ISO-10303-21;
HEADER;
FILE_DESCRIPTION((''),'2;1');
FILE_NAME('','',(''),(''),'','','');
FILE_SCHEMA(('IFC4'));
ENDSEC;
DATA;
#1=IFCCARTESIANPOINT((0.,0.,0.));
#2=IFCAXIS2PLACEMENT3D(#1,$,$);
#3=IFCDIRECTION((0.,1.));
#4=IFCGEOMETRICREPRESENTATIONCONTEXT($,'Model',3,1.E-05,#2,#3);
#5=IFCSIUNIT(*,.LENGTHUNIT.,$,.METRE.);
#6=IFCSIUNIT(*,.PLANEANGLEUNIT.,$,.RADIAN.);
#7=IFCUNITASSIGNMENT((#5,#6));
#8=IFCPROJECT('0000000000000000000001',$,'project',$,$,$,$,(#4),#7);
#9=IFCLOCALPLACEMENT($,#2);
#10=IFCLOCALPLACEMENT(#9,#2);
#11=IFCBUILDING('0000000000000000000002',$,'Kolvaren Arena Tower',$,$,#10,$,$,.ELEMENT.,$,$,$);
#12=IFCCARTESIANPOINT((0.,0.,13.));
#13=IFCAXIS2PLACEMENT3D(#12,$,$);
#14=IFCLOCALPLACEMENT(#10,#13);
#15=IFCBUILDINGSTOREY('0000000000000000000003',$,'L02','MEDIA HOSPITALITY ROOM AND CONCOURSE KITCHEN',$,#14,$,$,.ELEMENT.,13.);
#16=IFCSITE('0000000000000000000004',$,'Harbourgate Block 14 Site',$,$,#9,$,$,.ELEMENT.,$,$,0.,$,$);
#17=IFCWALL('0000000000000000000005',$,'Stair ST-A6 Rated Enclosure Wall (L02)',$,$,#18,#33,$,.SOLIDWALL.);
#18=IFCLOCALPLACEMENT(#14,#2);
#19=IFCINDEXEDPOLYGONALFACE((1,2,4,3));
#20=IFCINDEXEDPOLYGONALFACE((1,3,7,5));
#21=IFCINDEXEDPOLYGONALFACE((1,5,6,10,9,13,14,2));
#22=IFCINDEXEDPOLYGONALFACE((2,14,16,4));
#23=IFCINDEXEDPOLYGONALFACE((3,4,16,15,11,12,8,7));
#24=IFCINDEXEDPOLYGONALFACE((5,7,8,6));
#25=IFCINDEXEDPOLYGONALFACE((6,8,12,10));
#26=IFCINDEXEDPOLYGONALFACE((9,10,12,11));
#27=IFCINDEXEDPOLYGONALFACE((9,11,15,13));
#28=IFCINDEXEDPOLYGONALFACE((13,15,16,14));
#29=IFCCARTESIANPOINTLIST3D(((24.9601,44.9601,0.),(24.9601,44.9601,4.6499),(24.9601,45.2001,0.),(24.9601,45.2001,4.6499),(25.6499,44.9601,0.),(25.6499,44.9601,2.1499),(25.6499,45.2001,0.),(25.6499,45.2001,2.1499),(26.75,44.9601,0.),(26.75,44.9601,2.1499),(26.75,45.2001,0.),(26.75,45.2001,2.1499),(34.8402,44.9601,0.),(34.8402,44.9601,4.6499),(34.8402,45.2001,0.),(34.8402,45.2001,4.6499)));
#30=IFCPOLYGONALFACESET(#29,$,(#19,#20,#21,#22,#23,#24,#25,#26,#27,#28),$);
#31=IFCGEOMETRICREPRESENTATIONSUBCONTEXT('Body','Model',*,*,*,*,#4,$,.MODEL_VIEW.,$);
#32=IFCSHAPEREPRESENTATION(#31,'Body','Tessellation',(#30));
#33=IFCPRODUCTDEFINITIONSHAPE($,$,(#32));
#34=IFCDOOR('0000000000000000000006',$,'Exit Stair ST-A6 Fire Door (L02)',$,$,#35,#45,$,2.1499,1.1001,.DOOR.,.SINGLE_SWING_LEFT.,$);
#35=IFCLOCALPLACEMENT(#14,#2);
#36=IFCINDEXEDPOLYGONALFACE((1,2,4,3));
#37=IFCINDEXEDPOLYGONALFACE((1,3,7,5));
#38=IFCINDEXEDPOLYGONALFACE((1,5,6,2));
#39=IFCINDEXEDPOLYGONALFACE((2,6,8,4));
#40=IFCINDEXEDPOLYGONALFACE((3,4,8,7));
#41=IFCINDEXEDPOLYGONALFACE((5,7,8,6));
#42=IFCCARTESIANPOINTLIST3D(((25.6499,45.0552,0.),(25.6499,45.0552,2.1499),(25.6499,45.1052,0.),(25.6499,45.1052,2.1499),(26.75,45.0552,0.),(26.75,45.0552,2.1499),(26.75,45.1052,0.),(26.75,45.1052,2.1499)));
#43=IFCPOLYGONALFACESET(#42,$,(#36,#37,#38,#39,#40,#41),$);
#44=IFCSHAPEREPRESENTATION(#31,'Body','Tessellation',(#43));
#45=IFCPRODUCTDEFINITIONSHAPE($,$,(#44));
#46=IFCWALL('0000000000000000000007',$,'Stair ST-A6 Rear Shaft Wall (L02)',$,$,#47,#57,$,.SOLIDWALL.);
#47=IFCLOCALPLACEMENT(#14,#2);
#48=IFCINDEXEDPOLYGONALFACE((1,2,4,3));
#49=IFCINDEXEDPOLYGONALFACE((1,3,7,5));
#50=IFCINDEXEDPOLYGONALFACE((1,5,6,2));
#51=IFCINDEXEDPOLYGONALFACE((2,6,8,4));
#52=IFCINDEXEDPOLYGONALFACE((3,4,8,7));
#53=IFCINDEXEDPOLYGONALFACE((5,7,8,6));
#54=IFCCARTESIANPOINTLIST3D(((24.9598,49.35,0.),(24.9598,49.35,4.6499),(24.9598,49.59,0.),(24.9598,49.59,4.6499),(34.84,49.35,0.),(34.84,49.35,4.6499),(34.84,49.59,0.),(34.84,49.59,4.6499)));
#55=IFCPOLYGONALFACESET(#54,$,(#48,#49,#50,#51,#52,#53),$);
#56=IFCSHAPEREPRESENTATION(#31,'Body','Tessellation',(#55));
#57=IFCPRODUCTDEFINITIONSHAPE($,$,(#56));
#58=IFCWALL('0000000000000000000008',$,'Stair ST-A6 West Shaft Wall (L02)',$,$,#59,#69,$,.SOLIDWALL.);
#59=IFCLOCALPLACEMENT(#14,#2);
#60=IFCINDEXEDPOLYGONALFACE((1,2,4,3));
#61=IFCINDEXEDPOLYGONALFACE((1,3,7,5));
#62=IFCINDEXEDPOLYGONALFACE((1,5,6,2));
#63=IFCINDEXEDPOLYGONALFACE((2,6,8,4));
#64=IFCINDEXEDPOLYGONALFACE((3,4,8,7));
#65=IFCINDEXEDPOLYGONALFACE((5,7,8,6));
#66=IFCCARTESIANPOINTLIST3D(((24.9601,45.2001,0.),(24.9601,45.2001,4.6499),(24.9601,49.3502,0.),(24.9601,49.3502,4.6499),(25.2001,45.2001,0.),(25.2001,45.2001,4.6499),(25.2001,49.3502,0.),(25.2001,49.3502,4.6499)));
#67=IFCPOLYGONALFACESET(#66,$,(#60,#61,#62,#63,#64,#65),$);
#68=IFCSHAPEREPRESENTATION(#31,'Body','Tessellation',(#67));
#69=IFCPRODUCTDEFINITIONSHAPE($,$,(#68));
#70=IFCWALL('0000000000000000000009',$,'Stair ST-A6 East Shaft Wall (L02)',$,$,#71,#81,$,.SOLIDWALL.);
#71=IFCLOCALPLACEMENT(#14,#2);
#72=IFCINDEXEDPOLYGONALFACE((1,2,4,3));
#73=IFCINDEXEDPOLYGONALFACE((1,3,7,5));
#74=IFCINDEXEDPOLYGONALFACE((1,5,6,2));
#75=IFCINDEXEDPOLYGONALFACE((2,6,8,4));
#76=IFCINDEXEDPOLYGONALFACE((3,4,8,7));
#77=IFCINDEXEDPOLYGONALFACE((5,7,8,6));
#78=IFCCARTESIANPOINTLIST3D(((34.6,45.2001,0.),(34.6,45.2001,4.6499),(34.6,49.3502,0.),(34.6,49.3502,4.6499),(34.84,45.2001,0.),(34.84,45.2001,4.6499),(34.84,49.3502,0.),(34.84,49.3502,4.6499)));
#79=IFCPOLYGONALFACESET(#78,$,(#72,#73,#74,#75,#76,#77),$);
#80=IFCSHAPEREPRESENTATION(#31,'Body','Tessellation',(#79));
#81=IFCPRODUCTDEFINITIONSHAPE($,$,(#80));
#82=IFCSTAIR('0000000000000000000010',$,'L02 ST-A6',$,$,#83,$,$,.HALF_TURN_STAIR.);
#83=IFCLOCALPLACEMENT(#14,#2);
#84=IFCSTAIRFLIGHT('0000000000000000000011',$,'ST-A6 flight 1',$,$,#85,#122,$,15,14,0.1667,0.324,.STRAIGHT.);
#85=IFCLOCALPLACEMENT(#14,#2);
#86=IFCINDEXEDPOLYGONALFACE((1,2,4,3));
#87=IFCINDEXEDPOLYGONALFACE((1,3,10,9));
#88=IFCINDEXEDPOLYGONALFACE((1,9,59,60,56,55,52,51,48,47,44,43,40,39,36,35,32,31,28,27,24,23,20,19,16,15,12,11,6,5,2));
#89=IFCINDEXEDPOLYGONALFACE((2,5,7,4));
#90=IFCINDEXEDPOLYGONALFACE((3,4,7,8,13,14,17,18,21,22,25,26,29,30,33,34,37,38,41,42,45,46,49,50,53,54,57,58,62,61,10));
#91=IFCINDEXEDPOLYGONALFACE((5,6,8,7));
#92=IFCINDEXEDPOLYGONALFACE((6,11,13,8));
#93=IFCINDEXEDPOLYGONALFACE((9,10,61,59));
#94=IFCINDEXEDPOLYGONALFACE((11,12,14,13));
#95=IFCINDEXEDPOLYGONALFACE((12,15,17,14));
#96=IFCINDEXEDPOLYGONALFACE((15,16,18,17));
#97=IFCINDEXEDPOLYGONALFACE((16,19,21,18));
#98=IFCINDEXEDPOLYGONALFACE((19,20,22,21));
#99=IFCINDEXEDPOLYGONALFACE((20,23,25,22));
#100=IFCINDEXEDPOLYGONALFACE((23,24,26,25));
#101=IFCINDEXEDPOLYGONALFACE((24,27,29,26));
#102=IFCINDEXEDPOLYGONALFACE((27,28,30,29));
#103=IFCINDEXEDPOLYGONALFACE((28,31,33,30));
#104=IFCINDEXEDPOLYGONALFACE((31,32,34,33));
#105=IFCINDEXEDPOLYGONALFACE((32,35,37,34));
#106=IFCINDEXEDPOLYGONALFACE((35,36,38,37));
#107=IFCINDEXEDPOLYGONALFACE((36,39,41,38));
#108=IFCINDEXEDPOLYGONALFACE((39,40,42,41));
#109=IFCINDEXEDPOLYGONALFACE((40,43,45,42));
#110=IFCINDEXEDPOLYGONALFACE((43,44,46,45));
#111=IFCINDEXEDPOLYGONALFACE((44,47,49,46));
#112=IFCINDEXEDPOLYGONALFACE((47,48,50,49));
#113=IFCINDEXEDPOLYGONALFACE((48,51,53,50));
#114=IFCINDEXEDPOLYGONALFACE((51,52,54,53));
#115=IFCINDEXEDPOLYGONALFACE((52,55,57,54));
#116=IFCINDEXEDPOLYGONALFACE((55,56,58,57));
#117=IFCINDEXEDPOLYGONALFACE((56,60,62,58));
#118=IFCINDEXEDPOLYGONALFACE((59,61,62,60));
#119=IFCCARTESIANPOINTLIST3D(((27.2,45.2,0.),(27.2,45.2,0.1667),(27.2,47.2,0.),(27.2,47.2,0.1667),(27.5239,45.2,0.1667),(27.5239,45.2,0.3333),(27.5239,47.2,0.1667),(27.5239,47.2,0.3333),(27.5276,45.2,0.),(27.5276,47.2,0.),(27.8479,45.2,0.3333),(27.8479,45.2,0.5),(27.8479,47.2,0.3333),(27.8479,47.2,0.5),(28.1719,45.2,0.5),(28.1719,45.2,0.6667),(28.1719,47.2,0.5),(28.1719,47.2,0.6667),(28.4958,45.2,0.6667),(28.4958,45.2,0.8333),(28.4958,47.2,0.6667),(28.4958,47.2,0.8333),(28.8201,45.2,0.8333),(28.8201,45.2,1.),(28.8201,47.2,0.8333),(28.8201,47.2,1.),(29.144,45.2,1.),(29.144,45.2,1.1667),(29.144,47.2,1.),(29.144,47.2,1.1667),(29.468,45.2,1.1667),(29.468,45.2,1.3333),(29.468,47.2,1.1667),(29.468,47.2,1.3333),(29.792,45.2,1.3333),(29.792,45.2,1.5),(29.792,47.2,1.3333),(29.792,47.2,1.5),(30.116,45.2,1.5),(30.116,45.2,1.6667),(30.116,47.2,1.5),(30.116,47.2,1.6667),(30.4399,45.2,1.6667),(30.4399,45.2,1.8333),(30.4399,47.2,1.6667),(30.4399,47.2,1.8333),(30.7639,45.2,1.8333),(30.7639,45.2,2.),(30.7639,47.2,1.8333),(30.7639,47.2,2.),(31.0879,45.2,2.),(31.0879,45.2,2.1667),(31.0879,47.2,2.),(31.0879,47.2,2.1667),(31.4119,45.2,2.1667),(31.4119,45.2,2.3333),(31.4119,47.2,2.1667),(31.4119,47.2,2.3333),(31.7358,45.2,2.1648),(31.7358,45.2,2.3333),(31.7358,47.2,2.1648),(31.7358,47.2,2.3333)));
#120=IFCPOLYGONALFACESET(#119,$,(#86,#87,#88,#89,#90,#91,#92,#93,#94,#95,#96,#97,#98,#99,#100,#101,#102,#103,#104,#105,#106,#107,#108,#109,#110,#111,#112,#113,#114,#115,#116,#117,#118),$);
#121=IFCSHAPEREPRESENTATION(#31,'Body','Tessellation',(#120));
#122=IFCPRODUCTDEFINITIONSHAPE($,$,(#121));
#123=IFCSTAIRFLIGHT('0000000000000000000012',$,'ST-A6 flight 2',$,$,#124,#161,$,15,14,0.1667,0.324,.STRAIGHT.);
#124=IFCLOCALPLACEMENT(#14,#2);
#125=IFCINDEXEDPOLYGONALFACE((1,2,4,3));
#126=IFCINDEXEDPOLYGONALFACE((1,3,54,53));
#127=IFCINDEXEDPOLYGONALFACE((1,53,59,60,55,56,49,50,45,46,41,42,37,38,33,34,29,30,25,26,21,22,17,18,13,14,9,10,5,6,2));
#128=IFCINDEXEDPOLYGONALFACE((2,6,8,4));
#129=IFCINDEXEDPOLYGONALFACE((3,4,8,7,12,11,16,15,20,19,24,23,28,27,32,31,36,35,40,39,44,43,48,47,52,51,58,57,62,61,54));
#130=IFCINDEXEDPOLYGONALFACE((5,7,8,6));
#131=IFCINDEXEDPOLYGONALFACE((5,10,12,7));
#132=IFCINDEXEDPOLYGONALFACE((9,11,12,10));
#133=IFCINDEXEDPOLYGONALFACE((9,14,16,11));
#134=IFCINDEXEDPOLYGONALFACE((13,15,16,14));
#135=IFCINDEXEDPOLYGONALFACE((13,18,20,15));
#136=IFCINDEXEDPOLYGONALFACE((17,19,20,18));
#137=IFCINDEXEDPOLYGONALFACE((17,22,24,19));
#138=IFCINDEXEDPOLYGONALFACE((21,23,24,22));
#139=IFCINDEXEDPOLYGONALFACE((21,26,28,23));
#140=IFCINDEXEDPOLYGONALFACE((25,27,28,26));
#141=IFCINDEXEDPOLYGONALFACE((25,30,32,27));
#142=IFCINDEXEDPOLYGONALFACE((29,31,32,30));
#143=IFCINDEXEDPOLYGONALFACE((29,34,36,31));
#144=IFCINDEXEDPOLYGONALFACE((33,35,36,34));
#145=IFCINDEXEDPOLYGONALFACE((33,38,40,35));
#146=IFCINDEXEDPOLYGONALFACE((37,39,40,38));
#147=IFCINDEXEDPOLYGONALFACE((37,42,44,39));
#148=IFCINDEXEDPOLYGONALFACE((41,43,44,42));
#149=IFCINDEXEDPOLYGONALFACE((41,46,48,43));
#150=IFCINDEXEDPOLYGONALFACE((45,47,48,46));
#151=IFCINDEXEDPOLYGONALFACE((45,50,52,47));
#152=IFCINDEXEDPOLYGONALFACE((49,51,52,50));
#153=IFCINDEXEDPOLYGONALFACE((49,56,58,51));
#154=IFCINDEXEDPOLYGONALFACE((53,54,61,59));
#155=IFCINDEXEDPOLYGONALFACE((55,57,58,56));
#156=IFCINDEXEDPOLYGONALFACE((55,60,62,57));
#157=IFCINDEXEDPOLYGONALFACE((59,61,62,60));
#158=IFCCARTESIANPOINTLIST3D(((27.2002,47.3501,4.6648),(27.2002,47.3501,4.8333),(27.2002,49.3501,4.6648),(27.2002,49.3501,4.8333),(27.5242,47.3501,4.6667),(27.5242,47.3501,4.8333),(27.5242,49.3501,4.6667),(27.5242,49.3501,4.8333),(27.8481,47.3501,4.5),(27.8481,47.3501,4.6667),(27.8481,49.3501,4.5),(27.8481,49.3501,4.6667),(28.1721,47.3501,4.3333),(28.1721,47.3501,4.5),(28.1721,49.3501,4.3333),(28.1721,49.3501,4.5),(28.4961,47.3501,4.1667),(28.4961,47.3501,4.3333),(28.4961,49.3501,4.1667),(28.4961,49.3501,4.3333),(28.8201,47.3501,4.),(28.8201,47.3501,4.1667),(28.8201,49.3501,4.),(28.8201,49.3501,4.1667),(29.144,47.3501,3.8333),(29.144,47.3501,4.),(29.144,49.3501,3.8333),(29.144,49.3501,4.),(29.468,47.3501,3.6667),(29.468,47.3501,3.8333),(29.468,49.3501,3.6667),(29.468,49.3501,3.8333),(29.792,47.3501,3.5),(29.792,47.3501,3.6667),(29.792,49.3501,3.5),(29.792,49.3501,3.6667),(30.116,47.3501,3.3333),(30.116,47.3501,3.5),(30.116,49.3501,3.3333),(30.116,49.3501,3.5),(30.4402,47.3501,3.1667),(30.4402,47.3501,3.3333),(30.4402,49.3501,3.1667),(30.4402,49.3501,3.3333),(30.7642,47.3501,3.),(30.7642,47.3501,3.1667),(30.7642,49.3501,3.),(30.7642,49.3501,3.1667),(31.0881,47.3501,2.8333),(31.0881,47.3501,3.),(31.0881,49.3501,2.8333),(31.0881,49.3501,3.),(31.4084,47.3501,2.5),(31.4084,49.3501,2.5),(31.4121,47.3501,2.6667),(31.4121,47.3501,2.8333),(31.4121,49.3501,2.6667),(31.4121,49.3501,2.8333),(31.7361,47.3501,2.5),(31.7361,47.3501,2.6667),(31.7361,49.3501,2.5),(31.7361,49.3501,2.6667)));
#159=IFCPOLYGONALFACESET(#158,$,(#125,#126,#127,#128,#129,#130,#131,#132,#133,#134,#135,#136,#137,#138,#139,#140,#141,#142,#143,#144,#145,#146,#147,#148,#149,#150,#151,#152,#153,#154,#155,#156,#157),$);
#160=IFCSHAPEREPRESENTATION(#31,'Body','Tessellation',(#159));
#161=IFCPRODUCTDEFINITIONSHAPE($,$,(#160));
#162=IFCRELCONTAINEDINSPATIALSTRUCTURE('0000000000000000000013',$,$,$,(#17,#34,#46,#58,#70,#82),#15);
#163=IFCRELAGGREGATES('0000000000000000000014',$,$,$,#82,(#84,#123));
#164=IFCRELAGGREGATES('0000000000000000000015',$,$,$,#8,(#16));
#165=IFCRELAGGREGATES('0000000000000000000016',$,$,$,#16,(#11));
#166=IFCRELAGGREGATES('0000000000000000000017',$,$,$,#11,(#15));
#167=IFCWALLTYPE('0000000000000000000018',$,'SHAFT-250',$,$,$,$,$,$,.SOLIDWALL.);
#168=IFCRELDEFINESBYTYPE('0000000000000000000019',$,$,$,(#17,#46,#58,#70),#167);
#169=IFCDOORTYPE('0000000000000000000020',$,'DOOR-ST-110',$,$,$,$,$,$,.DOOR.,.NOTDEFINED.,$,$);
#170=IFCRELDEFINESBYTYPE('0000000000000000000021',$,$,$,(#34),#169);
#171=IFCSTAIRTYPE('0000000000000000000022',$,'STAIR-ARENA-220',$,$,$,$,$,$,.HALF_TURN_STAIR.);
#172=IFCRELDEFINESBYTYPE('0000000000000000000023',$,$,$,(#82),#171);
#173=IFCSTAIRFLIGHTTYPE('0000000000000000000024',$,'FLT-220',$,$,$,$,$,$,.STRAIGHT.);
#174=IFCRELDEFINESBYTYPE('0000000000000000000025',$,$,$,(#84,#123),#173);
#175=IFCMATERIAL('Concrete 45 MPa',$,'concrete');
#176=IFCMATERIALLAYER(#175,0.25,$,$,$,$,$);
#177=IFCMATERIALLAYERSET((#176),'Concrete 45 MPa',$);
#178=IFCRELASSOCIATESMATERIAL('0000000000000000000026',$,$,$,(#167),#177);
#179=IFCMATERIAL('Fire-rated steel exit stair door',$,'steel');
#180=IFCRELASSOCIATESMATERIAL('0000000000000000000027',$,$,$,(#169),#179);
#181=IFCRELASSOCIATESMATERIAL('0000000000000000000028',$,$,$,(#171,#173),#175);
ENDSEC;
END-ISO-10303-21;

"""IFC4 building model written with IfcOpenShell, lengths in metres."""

from ifc_helpers import new_model, si_unit, direction, frame, frame_2d, origin, place, context, subcontext, project, spatial, polyline, rectangle, outline, extrude, material, layer, layer_set, type_object, element, fill, aggregate, save


model = new_model("IFC4")

# Units and contexts
model_context = context("Model", 3, precision=1e-05, world=origin(), true_north=direction((0.0, 1.0)))
body_context = subcontext(model_context, "Body", "Model", "MODEL_VIEW")
ifc_project = project(units=[si_unit("LENGTHUNIT", "METRE"), si_unit("PLANEANGLEUNIT", "RADIAN")], contexts=[model_context])

# Site, building, storey
site_placement = place(None, origin())
site = spatial("IfcSite", under=ifc_project, at=site_placement, Name="Harbourgate Block 14 Site", CompositionType="ELEMENT", RefElevation=0.0)
building_placement = place(site_placement, origin())
building = spatial("IfcBuilding", under=site, at=building_placement, Name="Kolvaren Arena Tower", CompositionType="ELEMENT")
storey_placement = place(building_placement, frame((0.0, 0.0, 13.0)))
storey = spatial("IfcBuildingStorey", under=building, at=storey_placement, Name="L02", Description="MEDIA HOSPITALITY ROOM AND CONCOURSE KITCHEN", CompositionType="ELEMENT", Elevation=13.0)

# Shared definitions
ifc_material_1 = material(Name="Concrete 45 MPa", Category="concrete")
ifc_layer = layer(ifc_material_1, 0.25)
ifc_layer_set = layer_set([ifc_layer], Name="Concrete 45 MPa")
wall_type = type_object("IfcWallType", Name="SHAFT-250", PredefinedType="SOLIDWALL", material=ifc_layer_set)
ifc_material_2 = material(Name="Fire-rated steel exit stair door", Category="steel")
door_type = type_object("IfcDoorType", Name="DOOR-ST-110", OperationType="NOTDEFINED", PredefinedType="DOOR", material=ifc_material_2)

# Wall, opening, door
wall_1_placement = place(storey_placement, frame((34.8401, 45.0801, 0.0), z_axis=(0.0, 0.0, 1.0), x_axis=(-1.0, 0.0, 0.0)))
wall_1 = element("IfcWall", 1, at=wall_1_placement, inside=storey, type_object=wall_type, Name="Stair ST-A6 Rated Enclosure Wall (L02)", PredefinedType="SOLIDWALL", context=body_context, shape_type="SweptSolid", body=[
    extrude(rectangle(XDim=9.8801, YDim=0.24, at=frame_2d((4.9399, 0.0))), origin(), (0.0, 0.0, 1.0), 4.6499),
])
opening_1_placement = place(wall_1_placement, frame((8.0901, 0.0, 0.0)))
opening_1 = element("IfcOpeningElement", 2, at=opening_1_placement, cuts=wall_1, PredefinedType="OPENING", context=body_context, shape_type="SweptSolid", body=[
    extrude(rectangle(XDim=1.1001, YDim=2.1499, at=frame_2d((0.55, 1.075))), frame((0.0, 0.1299, 0.0), z_axis=(0.0, -1.0, 0.0), x_axis=(1.0, 0.0, 0.0)), (0.0, 0.0, 1.0), 0.26),
])
door_1_placement = place(opening_1_placement, origin())
door_1 = element("IfcDoor", 3, at=door_1_placement, inside=storey, type_object=door_type, Name="Exit Stair ST-A6 Fire Door (L02)", OperationType="SINGLE_SWING_LEFT", OverallHeight=2.1499, OverallWidth=1.1001, PredefinedType="DOOR", context=body_context, shape_type="SweptSolid", body=[
    extrude(rectangle(XDim=1.1001, YDim=2.1499, at=frame_2d((0.55, 1.075))), frame((0.0, 0.0249, 0.0), z_axis=(0.0, -1.0, 0.0), x_axis=(1.0, 0.0, 0.0)), (0.0, 0.0, 1.0), 0.05),
])
fill(opening_1, door_1)

# Walls
wall_2_placement = place(storey_placement, frame((24.96, 49.47, 0.0), z_axis=(0.0, 0.0, 1.0), x_axis=(1.0, 0.0, 0.0)))
element("IfcWall", 4, at=wall_2_placement, inside=storey, type_object=wall_type, Name="Stair ST-A6 Rear Shaft Wall (L02)", PredefinedType="SOLIDWALL", context=body_context, shape_type="SweptSolid", body=[
    extrude(rectangle(XDim=9.8801, YDim=0.24, at=frame_2d((4.9399, 0.0))), origin(), (0.0, 0.0, 1.0), 4.6499),
])
for number, where, z_axis, x_axis, name in (
    (5, (25.0801, 45.2, 0.0), (0.0, 0.0, 1.0), (0.0, 1.0, 0.0), "Stair ST-A6 West Shaft Wall (L02)"),
    (6, (34.72, 45.2, 0.0), (0.0, 0.0, 1.0), (0.0, 1.0, 0.0), "Stair ST-A6 East Shaft Wall (L02)"),
):
    element("IfcWall", number, at=place(storey_placement, frame(where, z_axis=z_axis, x_axis=x_axis)), inside=storey, type_object=wall_type, Name=name, PredefinedType="SOLIDWALL", context=body_context, shape_type="SweptSolid", body=[
        extrude(rectangle(XDim=4.1501, YDim=0.24, at=frame_2d((2.0752, 0.0))), origin(), (0.0, 0.0, 1.0), 4.6499),
    ])

# Stair, stair flights
stair_type = type_object("IfcStairType", Name="STAIR-ARENA-220", PredefinedType="HALF_TURN_STAIR", material=ifc_material_1)
stair_placement = place(storey_placement, origin())
stair = element("IfcStair", 7, at=stair_placement, inside=storey, type_object=stair_type, Name="L02 ST-A6", PredefinedType="HALF_TURN_STAIR")
stair_flight_type = type_object("IfcStairFlightType", Name="FLT-220", PredefinedType="STRAIGHT", material=ifc_material_1)
stair_flight_1_placement = place(storey_placement, frame((27.2, 46.2, 0.0), z_axis=(0.0, 0.0, 1.0), x_axis=(1.0, 0.0, 0.0)))
stair_flight_1 = element("IfcStairFlight", 8, at=stair_flight_1_placement, type_object=stair_flight_type, Name="ST-A6 flight 1", NumberOfRisers=15, NumberOfTreads=14, PredefinedType="STRAIGHT", RiserHeight=0.1667, TreadLength=0.324, context=body_context, shape_type="SweptSolid", body=[
    extrude(outline(polyline([(0.0, 0.0), (0.0, 0.1667), (0.324, 0.1667), (0.324, 0.3333), (0.6479, 0.3333), (0.6479, 0.5), (0.9719, 0.5), (0.9719, 0.6667), (1.2959, 0.6667), (1.2959, 0.8333), (1.6201, 0.8333), (1.6201, 1.0), (1.9441, 1.0), (1.9441, 1.1667), (2.2681, 1.1667), (2.2681, 1.3333), (2.592, 1.3333), (2.592, 1.5), (2.916, 1.5), (2.916, 1.6667), (3.24, 1.6667), (3.24, 1.8333), (3.564, 1.8333), (3.564, 2.0), (3.8879, 2.0), (3.8879, 2.1667), (4.2119, 2.1667), (4.2119, 2.3333), (4.5359, 2.3333), (4.5359, 2.5), (4.5359, 2.1648), (0.3276, 0.0), (0.0, 0.0)])), frame((0.0, 1.0, 0.0), z_axis=(0.0, -1.0, 0.0), x_axis=(1.0, 0.0, 0.0)), (0.0, 0.0, 1.0), 2.0),
])
stair_flight_2_placement = place(storey_placement, frame((31.7361, 48.3501, 2.5), z_axis=(0.0, 0.0, 1.0), x_axis=(-1.0, 0.0, 0.0)))
stair_flight_2 = element("IfcStairFlight", 9, at=stair_flight_2_placement, type_object=stair_flight_type, Name="ST-A6 flight 2", NumberOfRisers=15, NumberOfTreads=14, PredefinedType="STRAIGHT", RiserHeight=0.1667, TreadLength=0.324, context=body_context, shape_type="SweptSolid", body=[
    extrude(outline(polyline([(0.0, 0.0), (0.0, 0.1667), (0.324, 0.1667), (0.324, 0.3333), (0.6479, 0.3333), (0.6479, 0.5), (0.9719, 0.5), (0.9719, 0.6667), (1.2959, 0.6667), (1.2959, 0.8333), (1.6201, 0.8333), (1.6201, 1.0), (1.9441, 1.0), (1.9441, 1.1667), (2.2681, 1.1667), (2.2681, 1.3333), (2.592, 1.3333), (2.592, 1.5), (2.916, 1.5), (2.916, 1.6667), (3.24, 1.6667), (3.24, 1.8333), (3.564, 1.8333), (3.564, 2.0), (3.8879, 2.0), (3.8879, 2.1667), (4.2119, 2.1667), (4.2119, 2.3333), (4.5359, 2.3333), (4.5359, 2.5), (4.5359, 2.1648), (0.3276, 0.0), (0.0, 0.0)])), frame((0.0, 1.0, 0.0), z_axis=(0.0, -1.0, 0.0), x_axis=(1.0, 0.0, 0.0)), (0.0, 0.0, 1.0), 2.0),
])
aggregate(stair, [stair_flight_1, stair_flight_2])

save(model, "model.ifc")
